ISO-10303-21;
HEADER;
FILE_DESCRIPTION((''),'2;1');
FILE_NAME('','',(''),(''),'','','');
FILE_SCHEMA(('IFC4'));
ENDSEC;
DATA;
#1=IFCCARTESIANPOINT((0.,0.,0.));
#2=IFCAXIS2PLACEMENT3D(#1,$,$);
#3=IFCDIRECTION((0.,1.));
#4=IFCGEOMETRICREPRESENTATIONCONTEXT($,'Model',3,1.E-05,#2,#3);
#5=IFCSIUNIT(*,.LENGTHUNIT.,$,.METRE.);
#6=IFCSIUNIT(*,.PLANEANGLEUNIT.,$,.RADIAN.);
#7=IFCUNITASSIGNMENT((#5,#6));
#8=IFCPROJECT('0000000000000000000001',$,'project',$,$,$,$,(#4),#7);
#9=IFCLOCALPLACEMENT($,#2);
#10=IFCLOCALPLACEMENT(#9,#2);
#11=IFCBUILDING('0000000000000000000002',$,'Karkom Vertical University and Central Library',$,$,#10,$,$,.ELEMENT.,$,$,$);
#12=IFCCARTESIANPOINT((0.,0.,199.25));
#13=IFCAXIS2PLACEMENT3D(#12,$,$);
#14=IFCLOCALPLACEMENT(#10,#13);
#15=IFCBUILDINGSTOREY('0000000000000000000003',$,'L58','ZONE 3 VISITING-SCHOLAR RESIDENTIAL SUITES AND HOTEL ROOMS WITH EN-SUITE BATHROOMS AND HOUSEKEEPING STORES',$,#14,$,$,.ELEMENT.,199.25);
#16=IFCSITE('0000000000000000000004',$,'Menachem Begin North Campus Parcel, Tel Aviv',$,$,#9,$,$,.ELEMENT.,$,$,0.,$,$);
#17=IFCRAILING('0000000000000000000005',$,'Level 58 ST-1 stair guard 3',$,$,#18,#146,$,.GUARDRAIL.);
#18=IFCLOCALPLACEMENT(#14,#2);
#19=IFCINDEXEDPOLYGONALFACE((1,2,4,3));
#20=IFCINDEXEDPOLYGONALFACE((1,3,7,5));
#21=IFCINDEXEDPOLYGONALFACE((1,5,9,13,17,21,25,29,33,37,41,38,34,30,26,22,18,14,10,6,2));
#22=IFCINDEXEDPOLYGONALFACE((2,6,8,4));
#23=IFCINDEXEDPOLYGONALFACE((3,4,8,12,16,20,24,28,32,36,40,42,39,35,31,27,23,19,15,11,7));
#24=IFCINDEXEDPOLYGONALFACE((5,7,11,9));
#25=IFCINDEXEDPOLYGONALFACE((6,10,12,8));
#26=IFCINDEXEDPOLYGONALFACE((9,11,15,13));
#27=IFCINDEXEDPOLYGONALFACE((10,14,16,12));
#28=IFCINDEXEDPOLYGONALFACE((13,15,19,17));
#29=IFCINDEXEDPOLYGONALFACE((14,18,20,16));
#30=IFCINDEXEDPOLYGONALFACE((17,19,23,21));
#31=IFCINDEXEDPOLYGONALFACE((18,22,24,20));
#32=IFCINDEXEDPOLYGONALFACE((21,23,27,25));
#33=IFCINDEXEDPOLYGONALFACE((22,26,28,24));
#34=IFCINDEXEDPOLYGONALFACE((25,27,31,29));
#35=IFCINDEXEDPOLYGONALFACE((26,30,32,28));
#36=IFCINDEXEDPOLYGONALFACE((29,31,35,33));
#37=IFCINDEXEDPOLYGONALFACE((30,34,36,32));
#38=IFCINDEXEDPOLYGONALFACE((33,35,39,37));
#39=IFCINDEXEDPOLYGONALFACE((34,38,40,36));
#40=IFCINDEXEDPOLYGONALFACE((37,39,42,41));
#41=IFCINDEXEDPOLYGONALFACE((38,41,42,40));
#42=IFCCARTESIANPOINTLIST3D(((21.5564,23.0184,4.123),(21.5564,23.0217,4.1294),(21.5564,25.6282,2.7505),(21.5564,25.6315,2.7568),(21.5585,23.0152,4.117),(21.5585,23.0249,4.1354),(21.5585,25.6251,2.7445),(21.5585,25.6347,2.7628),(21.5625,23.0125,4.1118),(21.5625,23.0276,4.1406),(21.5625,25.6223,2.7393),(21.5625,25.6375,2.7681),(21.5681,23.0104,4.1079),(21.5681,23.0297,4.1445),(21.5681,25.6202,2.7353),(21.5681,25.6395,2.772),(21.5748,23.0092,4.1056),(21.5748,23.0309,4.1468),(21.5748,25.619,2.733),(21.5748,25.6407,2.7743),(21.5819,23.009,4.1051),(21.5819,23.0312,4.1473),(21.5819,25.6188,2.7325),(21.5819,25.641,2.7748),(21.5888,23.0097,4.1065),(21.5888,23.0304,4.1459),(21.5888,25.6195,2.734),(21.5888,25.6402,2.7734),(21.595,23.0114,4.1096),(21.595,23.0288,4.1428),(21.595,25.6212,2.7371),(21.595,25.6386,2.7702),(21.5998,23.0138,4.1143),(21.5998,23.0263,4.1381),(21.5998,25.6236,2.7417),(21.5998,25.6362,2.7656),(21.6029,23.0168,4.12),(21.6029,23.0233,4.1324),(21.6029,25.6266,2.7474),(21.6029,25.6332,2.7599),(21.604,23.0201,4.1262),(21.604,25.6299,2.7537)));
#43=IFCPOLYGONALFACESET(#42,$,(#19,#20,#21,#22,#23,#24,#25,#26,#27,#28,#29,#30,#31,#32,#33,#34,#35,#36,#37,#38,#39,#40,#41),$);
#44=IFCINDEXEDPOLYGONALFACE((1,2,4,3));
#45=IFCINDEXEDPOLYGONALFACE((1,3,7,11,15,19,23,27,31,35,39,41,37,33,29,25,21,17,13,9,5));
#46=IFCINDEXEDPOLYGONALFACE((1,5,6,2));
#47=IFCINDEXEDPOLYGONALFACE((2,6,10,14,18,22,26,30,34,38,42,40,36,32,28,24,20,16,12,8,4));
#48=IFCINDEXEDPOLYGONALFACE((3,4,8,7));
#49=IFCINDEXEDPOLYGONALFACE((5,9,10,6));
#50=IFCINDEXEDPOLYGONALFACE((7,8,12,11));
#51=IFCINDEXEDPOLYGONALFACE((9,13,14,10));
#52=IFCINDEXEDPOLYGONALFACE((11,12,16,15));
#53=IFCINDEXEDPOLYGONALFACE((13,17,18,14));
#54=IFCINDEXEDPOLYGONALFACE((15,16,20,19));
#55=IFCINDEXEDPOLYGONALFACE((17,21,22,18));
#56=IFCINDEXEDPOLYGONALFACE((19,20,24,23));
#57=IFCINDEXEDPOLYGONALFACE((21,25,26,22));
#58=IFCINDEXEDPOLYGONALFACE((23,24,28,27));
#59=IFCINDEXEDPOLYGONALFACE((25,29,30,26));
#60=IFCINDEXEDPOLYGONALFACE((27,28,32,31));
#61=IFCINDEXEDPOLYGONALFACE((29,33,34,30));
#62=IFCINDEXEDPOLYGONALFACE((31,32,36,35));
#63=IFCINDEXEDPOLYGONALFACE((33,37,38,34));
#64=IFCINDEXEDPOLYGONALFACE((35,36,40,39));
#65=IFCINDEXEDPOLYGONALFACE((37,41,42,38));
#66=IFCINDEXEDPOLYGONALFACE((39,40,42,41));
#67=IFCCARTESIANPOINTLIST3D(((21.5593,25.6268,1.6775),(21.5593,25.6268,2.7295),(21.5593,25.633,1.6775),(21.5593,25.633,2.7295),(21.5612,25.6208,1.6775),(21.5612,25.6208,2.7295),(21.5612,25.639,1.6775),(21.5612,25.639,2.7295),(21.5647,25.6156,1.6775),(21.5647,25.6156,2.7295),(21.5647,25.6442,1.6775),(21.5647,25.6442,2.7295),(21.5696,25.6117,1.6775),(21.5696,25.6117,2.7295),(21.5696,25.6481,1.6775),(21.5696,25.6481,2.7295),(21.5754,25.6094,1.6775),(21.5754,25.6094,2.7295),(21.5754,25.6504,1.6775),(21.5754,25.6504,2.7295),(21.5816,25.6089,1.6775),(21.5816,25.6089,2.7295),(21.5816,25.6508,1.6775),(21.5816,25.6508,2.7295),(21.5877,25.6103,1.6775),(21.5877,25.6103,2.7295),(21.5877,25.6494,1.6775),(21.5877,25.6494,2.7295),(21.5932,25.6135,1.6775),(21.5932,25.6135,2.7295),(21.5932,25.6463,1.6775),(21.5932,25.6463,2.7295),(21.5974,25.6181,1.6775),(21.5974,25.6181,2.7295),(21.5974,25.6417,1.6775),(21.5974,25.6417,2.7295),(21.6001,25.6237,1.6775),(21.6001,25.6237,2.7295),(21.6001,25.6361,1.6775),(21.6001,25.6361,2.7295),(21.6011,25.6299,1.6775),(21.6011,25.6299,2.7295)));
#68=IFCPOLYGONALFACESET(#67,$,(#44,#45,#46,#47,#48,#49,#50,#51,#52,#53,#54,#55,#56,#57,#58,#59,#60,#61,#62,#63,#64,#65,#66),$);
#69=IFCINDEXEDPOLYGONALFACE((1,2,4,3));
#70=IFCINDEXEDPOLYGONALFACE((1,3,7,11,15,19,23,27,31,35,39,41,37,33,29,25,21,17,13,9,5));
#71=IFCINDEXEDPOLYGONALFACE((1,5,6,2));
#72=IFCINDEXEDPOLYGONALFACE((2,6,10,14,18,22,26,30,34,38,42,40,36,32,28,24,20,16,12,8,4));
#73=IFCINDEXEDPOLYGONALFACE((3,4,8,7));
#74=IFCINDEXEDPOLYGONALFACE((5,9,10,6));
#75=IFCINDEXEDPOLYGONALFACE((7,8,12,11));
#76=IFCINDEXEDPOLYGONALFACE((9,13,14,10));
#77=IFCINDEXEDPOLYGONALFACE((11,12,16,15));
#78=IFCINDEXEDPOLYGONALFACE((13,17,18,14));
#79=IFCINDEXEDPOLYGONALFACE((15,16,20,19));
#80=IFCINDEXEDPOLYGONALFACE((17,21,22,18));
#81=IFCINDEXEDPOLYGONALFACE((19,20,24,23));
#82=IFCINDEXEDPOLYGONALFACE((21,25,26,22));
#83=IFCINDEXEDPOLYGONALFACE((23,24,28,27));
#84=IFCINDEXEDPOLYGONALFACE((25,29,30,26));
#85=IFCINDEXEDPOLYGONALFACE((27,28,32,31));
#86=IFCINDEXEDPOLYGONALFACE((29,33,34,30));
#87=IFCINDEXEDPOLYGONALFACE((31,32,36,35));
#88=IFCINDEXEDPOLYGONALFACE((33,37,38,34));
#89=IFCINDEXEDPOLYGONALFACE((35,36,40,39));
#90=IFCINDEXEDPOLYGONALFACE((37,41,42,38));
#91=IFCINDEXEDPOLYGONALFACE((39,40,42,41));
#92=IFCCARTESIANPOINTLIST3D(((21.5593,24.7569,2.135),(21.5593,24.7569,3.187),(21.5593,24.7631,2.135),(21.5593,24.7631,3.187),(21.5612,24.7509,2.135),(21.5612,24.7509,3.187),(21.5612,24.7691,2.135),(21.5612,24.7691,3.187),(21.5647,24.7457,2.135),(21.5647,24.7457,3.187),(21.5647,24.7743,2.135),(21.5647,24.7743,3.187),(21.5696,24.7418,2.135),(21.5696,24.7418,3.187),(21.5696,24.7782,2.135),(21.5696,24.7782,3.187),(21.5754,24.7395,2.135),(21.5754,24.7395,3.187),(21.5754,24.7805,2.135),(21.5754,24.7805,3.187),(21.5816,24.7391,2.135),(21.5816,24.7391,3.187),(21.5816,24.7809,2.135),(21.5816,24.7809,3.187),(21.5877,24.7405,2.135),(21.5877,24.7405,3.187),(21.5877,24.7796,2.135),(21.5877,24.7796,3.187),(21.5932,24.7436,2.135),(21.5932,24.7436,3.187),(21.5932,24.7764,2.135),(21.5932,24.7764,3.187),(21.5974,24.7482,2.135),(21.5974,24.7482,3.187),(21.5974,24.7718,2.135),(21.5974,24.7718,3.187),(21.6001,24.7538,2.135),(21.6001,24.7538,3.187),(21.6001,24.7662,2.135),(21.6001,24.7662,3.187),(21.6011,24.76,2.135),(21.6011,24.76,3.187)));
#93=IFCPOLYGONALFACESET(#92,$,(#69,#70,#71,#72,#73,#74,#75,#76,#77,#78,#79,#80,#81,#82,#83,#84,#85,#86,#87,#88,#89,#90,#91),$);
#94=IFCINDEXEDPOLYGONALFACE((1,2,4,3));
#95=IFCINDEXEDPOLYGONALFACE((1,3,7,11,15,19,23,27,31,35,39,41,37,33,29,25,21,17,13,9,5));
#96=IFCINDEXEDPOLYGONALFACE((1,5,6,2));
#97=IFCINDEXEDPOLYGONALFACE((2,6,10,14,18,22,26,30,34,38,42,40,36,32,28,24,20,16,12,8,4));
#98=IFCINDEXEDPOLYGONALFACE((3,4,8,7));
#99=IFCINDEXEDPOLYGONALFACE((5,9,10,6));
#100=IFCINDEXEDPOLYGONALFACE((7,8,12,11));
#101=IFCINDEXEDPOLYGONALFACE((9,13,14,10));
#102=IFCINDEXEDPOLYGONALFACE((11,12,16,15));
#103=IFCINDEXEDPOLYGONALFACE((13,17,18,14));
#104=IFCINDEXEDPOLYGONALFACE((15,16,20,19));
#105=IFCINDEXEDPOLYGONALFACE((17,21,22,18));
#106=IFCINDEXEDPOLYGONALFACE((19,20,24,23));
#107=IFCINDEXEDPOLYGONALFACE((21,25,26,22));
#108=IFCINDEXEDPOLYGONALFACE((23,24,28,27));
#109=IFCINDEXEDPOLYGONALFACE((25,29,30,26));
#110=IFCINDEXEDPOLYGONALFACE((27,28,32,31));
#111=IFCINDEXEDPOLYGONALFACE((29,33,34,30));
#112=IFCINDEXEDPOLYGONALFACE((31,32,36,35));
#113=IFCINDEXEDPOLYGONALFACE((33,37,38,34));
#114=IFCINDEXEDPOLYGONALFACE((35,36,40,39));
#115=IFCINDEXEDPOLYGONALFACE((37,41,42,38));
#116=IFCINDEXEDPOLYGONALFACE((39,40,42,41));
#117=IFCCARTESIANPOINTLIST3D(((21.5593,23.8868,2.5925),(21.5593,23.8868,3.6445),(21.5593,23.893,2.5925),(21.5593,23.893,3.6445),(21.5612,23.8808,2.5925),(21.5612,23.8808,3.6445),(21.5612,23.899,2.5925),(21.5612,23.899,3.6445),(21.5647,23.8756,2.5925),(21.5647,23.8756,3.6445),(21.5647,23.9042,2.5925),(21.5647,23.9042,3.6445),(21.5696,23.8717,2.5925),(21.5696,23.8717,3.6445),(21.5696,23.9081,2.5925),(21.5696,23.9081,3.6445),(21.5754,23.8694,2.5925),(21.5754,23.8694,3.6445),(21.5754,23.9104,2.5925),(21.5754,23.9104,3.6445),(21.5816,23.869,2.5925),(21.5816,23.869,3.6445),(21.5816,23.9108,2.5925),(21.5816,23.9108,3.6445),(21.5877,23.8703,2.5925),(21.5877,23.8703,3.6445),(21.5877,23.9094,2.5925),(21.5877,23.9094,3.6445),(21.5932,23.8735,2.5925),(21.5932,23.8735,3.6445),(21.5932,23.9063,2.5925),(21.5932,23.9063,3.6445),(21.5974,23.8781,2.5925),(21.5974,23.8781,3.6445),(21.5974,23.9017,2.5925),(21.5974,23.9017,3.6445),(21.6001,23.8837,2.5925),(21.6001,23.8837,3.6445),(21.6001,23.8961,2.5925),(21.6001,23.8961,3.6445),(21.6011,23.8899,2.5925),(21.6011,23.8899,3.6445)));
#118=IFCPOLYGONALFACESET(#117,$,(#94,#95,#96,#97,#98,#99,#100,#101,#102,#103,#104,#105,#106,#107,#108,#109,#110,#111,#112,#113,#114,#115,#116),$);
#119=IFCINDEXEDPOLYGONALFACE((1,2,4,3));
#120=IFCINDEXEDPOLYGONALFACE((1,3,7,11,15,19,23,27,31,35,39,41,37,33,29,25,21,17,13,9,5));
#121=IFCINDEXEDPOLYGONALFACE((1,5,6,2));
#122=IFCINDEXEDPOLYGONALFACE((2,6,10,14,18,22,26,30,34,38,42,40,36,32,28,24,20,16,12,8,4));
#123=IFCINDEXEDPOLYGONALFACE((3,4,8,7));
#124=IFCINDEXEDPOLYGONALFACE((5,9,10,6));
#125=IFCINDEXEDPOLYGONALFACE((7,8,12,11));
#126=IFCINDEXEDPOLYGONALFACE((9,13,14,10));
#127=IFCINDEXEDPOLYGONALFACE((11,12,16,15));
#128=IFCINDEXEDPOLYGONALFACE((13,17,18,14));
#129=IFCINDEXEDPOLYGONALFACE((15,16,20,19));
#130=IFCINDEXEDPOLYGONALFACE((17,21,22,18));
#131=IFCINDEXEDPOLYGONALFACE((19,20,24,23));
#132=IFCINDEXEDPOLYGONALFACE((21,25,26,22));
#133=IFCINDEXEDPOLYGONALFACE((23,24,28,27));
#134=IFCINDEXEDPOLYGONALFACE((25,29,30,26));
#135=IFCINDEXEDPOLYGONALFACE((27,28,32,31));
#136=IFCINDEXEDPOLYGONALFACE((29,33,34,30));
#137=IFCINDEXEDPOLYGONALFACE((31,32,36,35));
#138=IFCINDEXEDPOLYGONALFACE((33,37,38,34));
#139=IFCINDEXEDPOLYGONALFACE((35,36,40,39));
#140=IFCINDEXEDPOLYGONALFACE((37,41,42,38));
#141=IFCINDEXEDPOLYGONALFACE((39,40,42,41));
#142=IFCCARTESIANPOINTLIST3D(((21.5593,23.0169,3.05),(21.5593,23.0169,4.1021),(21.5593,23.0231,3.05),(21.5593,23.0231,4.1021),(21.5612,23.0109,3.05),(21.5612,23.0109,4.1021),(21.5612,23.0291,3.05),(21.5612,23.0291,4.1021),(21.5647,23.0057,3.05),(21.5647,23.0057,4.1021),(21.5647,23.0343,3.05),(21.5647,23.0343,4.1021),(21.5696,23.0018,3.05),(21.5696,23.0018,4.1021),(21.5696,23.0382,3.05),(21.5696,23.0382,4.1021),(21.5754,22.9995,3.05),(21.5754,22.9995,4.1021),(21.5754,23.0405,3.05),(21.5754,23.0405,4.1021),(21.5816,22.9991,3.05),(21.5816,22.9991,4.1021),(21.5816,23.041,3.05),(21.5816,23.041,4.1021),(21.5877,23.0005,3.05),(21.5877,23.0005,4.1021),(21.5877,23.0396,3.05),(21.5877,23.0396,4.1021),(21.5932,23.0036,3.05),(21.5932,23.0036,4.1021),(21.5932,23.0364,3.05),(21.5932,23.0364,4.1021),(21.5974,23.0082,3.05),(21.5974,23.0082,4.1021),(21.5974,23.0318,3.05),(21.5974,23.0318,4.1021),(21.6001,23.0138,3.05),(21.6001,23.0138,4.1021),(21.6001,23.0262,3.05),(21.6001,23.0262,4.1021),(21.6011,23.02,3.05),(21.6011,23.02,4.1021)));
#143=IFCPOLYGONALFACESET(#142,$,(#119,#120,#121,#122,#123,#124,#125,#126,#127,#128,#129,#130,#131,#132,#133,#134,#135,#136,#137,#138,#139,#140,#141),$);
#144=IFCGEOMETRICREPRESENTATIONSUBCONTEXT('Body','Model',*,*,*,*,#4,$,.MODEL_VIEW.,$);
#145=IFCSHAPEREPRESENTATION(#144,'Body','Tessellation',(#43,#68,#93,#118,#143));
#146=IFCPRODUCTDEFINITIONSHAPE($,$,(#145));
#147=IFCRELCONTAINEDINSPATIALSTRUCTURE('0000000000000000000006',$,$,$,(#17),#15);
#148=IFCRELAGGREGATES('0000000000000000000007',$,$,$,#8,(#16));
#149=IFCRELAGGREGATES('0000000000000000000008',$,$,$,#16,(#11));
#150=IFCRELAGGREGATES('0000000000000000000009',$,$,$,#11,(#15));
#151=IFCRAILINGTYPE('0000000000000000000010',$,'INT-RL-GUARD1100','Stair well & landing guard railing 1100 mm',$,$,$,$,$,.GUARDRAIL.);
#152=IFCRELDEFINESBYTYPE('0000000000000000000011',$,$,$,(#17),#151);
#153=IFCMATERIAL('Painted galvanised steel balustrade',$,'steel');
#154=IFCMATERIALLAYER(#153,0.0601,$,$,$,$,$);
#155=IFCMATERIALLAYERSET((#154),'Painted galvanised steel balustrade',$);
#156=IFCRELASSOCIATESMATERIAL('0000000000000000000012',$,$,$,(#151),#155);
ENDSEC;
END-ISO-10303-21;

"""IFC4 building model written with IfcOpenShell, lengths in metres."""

from ifc_helpers import new_model, si_unit, direction, frame, origin, origin_2d, place, context, subcontext, project, spatial, circle, extrude, material, layer, layer_set, type_object, element, save


model = new_model("IFC4")

# Units and contexts
model_context = context("Model", 3, precision=1e-05, world=origin(), true_north=direction((0.0, 1.0)))
body_context = subcontext(model_context, "Body", "Model", "MODEL_VIEW")
ifc_project = project(units=[si_unit("LENGTHUNIT", "METRE"), si_unit("PLANEANGLEUNIT", "RADIAN")], contexts=[model_context])

# Site, building, storey
site_placement = place(None, origin())
site = spatial("IfcSite", under=ifc_project, at=site_placement, Name="Menachem Begin North Campus Parcel, Tel Aviv", CompositionType="ELEMENT", RefElevation=0.0)
building_placement = place(site_placement, origin())
building = spatial("IfcBuilding", under=site, at=building_placement, Name="Karkom Vertical University and Central Library", CompositionType="ELEMENT")
storey_placement = place(building_placement, frame((0.0, 0.0, 199.25)))
storey = spatial("IfcBuildingStorey", under=building, at=storey_placement, Name="L58", Description="ZONE 3 VISITING-SCHOLAR RESIDENTIAL SUITES AND HOTEL ROOMS WITH EN-SUITE BATHROOMS AND HOUSEKEEPING STORES", CompositionType="ELEMENT", Elevation=199.25)

# Railing
ifc_material_1 = material(Name="Painted galvanised steel balustrade", Category="steel")
ifc_layer_1 = layer(ifc_material_1, 0.0601)
ifc_layer_set_1 = layer_set([ifc_layer_1], Name="Painted galvanised steel balustrade")
railing_type_1 = type_object("IfcRailingType", Name="INT-RL-GUARD1100", Description="Stair well & landing guard railing 1100 mm", PredefinedType="GUARDRAIL", material=ifc_layer_set_1)
railing_1_placement = place(storey_placement, frame((21.5801, 25.6299, 1.6775)))
element("IfcRailing", 1, at=railing_1_placement, inside=storey, type_object=railing_type_1, Name="Level 58 ST-1 stair guard 3", PredefinedType="GUARDRAIL", context=body_context, shape_type="SweptSolid", body=[
    extrude(circle(Radius=0.0239, at=origin_2d()), frame((0.0, 0.0, 1.0762), z_axis=(0.0, -0.885065, 0.465467), x_axis=(1.0, 0.0, 0.0)), (0.0, 0.0, 1.0), 2.9487),
    extrude(circle(Radius=0.021, at=origin_2d()), origin(), (0.0, 0.0, 1.0), 1.052),
    extrude(circle(Radius=0.021, at=origin_2d()), frame((0.0, -0.8699, 0.4575)), (0.0, 0.0, 1.0), 1.052),
    extrude(circle(Radius=0.021, at=origin_2d()), frame((0.0, -1.74, 0.915)), (0.0, 0.0, 1.0), 1.052),
    extrude(circle(Radius=0.021, at=origin_2d()), frame((0.0, -2.6099, 1.3726)), (0.0, 0.0, 1.0), 1.052),
])

save(model, "model.ifc")
